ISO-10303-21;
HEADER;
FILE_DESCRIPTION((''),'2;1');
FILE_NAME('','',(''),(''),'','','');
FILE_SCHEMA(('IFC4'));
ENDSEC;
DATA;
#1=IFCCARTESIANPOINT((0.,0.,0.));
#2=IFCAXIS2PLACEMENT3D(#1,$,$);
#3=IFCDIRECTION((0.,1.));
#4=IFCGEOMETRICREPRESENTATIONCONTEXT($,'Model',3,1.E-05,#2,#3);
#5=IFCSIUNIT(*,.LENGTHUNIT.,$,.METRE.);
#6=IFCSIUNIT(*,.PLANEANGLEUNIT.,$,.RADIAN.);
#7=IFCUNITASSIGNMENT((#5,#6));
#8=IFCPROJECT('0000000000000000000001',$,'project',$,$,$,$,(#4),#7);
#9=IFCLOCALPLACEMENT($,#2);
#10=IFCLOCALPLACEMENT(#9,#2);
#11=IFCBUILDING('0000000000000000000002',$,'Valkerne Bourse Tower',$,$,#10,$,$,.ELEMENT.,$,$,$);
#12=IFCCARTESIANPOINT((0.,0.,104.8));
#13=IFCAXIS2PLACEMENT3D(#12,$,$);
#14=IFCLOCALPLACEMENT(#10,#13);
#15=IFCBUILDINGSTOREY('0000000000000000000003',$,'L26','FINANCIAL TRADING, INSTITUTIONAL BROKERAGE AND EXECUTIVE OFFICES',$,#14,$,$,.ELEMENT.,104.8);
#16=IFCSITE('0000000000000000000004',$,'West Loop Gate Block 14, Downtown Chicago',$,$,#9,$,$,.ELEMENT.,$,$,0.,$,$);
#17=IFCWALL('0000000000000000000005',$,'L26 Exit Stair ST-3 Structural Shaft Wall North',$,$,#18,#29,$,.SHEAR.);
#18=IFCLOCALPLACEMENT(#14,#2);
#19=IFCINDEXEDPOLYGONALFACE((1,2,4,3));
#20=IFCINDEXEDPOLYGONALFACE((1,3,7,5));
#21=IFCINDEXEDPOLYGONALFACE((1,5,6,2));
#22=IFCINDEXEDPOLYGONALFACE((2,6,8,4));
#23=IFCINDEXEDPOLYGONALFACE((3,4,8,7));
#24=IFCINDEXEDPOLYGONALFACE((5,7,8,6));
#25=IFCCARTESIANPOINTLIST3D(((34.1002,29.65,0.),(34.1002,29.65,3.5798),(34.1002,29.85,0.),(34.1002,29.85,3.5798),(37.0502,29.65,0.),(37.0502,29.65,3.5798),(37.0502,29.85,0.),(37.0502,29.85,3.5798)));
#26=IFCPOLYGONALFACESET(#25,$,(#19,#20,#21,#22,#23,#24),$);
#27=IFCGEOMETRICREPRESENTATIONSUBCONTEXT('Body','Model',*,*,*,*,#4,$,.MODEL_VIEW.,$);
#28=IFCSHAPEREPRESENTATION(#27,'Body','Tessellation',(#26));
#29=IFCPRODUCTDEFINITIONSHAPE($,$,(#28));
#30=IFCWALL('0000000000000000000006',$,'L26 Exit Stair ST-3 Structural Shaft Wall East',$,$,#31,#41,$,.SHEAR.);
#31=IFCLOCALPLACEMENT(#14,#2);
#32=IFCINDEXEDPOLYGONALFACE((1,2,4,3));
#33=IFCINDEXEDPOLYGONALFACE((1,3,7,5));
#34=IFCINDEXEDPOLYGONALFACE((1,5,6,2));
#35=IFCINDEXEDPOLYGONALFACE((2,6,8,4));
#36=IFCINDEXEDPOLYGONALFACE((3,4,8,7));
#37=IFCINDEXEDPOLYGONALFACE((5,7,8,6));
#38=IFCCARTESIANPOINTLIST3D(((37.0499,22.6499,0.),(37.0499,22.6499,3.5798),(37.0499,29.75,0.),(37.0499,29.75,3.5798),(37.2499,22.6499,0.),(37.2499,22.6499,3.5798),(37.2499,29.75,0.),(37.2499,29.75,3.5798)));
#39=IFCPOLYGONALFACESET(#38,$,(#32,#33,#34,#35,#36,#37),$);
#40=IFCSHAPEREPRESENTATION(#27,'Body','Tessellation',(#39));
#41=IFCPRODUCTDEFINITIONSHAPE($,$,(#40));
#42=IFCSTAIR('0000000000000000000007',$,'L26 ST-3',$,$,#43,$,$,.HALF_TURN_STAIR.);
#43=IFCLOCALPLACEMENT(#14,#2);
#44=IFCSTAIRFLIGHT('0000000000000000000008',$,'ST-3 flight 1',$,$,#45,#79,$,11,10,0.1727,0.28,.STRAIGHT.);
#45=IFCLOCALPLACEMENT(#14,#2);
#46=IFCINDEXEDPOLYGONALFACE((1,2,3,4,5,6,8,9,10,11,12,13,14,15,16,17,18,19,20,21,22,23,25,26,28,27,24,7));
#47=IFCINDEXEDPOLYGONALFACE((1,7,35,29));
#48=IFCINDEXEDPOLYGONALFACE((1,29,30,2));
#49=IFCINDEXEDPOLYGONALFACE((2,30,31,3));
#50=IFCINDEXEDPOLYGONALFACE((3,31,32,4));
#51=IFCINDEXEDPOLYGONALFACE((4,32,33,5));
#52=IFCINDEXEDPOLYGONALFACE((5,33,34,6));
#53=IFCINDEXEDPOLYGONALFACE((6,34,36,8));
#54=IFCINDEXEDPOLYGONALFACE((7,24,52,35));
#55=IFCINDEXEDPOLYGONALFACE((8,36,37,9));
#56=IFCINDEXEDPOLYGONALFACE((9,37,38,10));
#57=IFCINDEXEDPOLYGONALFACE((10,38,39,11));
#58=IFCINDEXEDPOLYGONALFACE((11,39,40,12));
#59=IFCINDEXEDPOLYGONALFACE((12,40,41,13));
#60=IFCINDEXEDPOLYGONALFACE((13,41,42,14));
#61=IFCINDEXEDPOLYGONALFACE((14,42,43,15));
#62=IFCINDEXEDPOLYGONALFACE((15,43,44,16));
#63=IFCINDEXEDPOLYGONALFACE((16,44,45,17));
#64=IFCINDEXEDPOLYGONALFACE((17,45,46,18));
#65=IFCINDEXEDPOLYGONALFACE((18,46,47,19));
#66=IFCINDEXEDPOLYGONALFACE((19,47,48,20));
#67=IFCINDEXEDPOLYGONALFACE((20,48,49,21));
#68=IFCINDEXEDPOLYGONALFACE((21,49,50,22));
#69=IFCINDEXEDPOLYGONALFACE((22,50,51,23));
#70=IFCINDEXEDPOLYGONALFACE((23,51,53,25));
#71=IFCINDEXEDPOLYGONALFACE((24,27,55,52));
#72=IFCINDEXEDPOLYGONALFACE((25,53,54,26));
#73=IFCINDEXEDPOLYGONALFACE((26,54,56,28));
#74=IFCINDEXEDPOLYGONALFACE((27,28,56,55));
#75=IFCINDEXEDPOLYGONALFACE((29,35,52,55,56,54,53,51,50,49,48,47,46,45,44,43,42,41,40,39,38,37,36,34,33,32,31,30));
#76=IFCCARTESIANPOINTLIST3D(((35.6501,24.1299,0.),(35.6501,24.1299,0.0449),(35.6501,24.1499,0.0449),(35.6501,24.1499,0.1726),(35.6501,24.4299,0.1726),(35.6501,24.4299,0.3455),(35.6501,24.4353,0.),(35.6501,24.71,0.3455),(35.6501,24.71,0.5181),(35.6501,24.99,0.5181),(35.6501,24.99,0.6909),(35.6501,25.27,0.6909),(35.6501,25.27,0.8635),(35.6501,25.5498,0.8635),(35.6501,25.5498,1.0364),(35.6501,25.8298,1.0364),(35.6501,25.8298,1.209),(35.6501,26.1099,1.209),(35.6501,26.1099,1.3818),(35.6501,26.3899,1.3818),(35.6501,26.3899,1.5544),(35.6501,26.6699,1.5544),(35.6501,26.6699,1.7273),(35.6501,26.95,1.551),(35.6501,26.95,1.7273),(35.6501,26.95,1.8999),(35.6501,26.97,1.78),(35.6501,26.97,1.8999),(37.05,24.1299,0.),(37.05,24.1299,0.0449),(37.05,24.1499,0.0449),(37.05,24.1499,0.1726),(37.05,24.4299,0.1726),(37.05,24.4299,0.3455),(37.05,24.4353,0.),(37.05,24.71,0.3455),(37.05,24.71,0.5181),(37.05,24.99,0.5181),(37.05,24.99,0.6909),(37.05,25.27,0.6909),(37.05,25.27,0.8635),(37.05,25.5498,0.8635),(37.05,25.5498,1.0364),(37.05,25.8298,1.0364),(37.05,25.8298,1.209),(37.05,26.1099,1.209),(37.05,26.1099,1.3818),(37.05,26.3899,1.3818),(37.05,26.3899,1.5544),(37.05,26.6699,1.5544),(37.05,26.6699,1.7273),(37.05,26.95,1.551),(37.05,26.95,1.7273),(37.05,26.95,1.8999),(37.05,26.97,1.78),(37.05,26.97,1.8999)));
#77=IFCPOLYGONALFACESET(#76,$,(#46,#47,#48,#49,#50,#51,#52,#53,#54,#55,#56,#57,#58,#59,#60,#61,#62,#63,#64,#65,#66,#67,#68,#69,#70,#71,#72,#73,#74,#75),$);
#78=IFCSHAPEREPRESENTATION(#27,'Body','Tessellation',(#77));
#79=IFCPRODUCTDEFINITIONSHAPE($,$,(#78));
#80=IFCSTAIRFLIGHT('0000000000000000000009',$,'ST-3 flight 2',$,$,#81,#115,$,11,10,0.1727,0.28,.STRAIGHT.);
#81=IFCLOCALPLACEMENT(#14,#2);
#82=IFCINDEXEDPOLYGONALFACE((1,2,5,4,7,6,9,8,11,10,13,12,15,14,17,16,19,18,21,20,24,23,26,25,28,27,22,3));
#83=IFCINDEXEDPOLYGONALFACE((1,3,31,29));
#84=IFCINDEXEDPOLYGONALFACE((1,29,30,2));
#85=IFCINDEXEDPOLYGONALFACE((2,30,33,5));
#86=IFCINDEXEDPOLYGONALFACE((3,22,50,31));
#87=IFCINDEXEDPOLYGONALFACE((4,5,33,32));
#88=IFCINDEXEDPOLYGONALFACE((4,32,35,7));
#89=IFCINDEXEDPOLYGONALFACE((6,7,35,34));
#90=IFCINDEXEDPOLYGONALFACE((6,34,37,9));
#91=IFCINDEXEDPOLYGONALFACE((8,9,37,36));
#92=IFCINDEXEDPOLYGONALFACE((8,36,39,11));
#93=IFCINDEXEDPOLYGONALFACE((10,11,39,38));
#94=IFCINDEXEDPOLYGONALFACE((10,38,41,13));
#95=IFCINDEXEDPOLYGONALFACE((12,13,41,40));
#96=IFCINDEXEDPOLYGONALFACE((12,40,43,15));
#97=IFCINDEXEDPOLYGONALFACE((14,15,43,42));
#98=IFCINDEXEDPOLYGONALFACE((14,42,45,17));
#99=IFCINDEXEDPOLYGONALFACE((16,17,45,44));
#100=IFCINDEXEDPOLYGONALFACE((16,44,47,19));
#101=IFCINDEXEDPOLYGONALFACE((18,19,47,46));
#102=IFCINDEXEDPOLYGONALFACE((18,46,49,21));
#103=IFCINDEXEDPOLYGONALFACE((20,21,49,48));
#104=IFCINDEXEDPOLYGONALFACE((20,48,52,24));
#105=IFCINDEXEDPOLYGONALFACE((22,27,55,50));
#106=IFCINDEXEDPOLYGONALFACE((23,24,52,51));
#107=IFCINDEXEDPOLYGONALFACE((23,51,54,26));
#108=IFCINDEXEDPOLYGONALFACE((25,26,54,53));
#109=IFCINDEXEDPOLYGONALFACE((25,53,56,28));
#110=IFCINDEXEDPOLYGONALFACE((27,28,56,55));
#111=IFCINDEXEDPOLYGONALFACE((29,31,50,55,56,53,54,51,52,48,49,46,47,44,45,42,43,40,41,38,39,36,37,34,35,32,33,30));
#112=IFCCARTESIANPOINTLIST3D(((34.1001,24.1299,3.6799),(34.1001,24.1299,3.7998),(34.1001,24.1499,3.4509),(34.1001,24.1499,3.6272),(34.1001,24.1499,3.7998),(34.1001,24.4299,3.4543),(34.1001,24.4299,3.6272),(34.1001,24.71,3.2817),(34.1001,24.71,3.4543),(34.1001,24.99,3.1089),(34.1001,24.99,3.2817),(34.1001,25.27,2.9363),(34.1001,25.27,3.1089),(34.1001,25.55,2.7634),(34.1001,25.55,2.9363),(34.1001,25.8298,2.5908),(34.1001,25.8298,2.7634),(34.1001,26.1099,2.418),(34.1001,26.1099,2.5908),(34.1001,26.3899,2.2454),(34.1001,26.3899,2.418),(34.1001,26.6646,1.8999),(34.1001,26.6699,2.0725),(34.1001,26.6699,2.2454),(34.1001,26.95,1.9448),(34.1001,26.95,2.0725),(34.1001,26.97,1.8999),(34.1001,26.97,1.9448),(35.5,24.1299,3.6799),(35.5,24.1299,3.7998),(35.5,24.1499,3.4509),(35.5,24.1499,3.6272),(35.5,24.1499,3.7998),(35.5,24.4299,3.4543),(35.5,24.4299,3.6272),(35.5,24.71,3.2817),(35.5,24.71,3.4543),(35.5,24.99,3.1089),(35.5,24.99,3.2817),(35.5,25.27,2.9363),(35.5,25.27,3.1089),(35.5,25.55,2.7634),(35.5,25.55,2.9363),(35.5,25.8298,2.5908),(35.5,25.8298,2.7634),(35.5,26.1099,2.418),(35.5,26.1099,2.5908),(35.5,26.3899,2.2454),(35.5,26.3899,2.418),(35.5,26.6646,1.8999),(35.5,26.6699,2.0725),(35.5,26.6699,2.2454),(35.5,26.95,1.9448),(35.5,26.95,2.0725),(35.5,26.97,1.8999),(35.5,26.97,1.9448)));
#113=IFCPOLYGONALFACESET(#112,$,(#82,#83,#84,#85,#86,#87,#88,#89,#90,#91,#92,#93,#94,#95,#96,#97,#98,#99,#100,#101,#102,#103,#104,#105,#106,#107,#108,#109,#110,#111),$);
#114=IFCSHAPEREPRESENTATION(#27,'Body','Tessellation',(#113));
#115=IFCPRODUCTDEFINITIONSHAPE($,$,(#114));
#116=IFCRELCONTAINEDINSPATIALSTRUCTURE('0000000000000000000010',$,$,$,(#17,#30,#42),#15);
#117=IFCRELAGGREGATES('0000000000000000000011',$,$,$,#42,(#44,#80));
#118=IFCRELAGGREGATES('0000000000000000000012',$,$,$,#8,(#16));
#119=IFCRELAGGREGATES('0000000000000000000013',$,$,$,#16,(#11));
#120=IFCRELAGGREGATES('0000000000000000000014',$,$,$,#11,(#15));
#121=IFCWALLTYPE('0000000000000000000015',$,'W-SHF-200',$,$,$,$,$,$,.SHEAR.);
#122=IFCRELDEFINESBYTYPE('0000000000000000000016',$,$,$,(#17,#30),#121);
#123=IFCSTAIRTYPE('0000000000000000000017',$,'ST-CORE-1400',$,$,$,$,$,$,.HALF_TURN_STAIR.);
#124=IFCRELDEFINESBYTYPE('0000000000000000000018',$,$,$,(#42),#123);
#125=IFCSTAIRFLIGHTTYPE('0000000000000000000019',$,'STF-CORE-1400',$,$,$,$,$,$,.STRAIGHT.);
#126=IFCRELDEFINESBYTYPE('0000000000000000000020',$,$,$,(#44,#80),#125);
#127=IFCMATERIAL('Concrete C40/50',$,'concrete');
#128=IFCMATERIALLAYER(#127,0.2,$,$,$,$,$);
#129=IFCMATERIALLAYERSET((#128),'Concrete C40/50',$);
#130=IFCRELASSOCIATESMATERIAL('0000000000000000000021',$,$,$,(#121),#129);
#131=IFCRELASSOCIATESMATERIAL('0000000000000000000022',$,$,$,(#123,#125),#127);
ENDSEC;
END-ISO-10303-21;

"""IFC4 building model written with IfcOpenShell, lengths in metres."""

from ifc_helpers import new_model, si_unit, direction, frame, frame_2d, origin, place, context, subcontext, project, spatial, polyline, rectangle, outline, extrude, material, layer, layer_set, type_object, element, aggregate, save


model = new_model("IFC4")

# Units and contexts
model_context = context("Model", 3, precision=1e-05, world=origin(), true_north=direction((0.0, 1.0)))
body_context = subcontext(model_context, "Body", "Model", "MODEL_VIEW")
ifc_project = project(units=[si_unit("LENGTHUNIT", "METRE"), si_unit("PLANEANGLEUNIT", "RADIAN")], contexts=[model_context])

# Site, building, storey
site_placement = place(None, origin())
site = spatial("IfcSite", under=ifc_project, at=site_placement, Name="West Loop Gate Block 14, Downtown Chicago", CompositionType="ELEMENT", RefElevation=0.0)
building_placement = place(site_placement, origin())
building = spatial("IfcBuilding", under=site, at=building_placement, Name="Valkerne Bourse Tower", CompositionType="ELEMENT")
storey_placement = place(building_placement, frame((0.0, 0.0, 104.8)))
storey = spatial("IfcBuildingStorey", under=building, at=storey_placement, Name="L26", Description="FINANCIAL TRADING, INSTITUTIONAL BROKERAGE AND EXECUTIVE OFFICES", CompositionType="ELEMENT", Elevation=104.8)

# Shared definitions
ifc_material_1 = material(Name="Concrete C40/50", Category="concrete")
ifc_layer_1 = layer(ifc_material_1, 0.2)
ifc_layer_set_1 = layer_set([ifc_layer_1], Name="Concrete C40/50")
wall_type_1 = type_object("IfcWallType", Name="W-SHF-200", PredefinedType="SHEAR", material=ifc_layer_set_1)

# Walls
for number, where, z_axis, x_axis, name in (
    (1, (34.1001, 29.75, 0.0), (0.0, 0.0, 1.0), (1.0, 0.0, 0.0), "L26 Exit Stair ST-3 Structural Shaft Wall North"),
):
    element("IfcWall", number, at=place(storey_placement, frame(where, z_axis=z_axis, x_axis=x_axis)), inside=storey, type_object=wall_type_1, Name=name, PredefinedType="SHEAR", context=body_context, shape_type="SweptSolid", body=[
        extrude(rectangle(XDim=2.95, YDim=0.2, at=frame_2d((1.4751, 0.0))), origin(), (0.0, 0.0, 1.0), 3.5798),
    ])
wall_1_placement = place(storey_placement, frame((37.1499, 22.6499, 0.0), z_axis=(0.0, 0.0, 1.0), x_axis=(0.0, 1.0, 0.0)))
element("IfcWall", 2, at=wall_1_placement, inside=storey, type_object=wall_type_1, Name="L26 Exit Stair ST-3 Structural Shaft Wall East", PredefinedType="SHEAR", context=body_context, shape_type="SweptSolid", body=[
    extrude(rectangle(XDim=7.1001, YDim=0.2, at=frame_2d((3.55, 0.0))), origin(), (0.0, 0.0, 1.0), 3.5798),
])

# Stair, stair flights
stair_type = type_object("IfcStairType", Name="ST-CORE-1400", PredefinedType="HALF_TURN_STAIR", material=ifc_material_1)
stair_placement = place(storey_placement, origin())
stair = element("IfcStair", 3, at=stair_placement, inside=storey, type_object=stair_type, Name="L26 ST-3", PredefinedType="HALF_TURN_STAIR")
stair_flight_type = type_object("IfcStairFlightType", Name="STF-CORE-1400", PredefinedType="STRAIGHT", material=ifc_material_1)
stair_flight_1_placement = place(storey_placement, frame((36.3501, 24.1499, 0.0), z_axis=(0.0, 0.0, 1.0), x_axis=(0.0, 1.0, 0.0)))
stair_flight_1 = element("IfcStairFlight", 4, at=stair_flight_1_placement, type_object=stair_flight_type, Name="ST-3 flight 1", NumberOfRisers=11, NumberOfTreads=10, PredefinedType="STRAIGHT", RiserHeight=0.1727, TreadLength=0.28, context=body_context, shape_type="SweptSolid", body=[
    extrude(outline(polyline([(-0.02, 0.0), (-0.02, 0.0449), (0.0, 0.0449), (0.0, 0.1726), (0.28, 0.1726), (0.28, 0.3455), (0.5601, 0.3455), (0.5601, 0.5181), (0.8401, 0.5181), (0.8401, 0.6909), (1.1201, 0.6909), (1.1201, 0.8635), (1.3999, 0.8635), (1.3999, 1.0364), (1.6799, 1.0364), (1.6799, 1.209), (1.96, 1.209), (1.96, 1.3818), (2.24, 1.3818), (2.24, 1.5544), (2.52, 1.5544), (2.52, 1.7273), (2.8, 1.7273), (2.8, 1.8999), (2.8201, 1.8999), (2.8201, 1.78), (2.8, 1.551), (0.2854, 0.0), (-0.02, 0.0)])), frame((0.0, 0.7, 0.0), z_axis=(0.0, -1.0, 0.0), x_axis=(1.0, 0.0, 0.0)), (0.0, 0.0, 1.0), 1.3999),
])
stair_flight_2_placement = place(storey_placement, frame((34.8, 26.95, 1.8999), z_axis=(0.0, 0.0, 1.0), x_axis=(0.0, -1.0, 0.0)))
stair_flight_2 = element("IfcStairFlight", 5, at=stair_flight_2_placement, type_object=stair_flight_type, Name="ST-3 flight 2", NumberOfRisers=11, NumberOfTreads=10, PredefinedType="STRAIGHT", RiserHeight=0.1727, TreadLength=0.28, context=body_context, shape_type="SweptSolid", body=[
    extrude(outline(polyline([(-0.02, 0.0), (-0.02, 0.0449), (0.0, 0.0449), (0.0, 0.1726), (0.28, 0.1726), (0.28, 0.3455), (0.5601, 0.3455), (0.5601, 0.5181), (0.8401, 0.5181), (0.8401, 0.6909), (1.1201, 0.6909), (1.1201, 0.8635), (1.3999, 0.8635), (1.3999, 1.0364), (1.6799, 1.0364), (1.6799, 1.209), (1.96, 1.209), (1.96, 1.3818), (2.24, 1.3818), (2.24, 1.5544), (2.52, 1.5544), (2.52, 1.7273), (2.8, 1.7273), (2.8, 1.8999), (2.8201, 1.8999), (2.8201, 1.78), (2.8, 1.551), (0.2854, 0.0), (-0.02, 0.0)])), frame((0.0, 0.7, 0.0), z_axis=(0.0, -1.0, 0.0), x_axis=(1.0, 0.0, 0.0)), (0.0, 0.0, 1.0), 1.3999),
])
aggregate(stair, [stair_flight_1, stair_flight_2])

save(model, "model.ifc")
